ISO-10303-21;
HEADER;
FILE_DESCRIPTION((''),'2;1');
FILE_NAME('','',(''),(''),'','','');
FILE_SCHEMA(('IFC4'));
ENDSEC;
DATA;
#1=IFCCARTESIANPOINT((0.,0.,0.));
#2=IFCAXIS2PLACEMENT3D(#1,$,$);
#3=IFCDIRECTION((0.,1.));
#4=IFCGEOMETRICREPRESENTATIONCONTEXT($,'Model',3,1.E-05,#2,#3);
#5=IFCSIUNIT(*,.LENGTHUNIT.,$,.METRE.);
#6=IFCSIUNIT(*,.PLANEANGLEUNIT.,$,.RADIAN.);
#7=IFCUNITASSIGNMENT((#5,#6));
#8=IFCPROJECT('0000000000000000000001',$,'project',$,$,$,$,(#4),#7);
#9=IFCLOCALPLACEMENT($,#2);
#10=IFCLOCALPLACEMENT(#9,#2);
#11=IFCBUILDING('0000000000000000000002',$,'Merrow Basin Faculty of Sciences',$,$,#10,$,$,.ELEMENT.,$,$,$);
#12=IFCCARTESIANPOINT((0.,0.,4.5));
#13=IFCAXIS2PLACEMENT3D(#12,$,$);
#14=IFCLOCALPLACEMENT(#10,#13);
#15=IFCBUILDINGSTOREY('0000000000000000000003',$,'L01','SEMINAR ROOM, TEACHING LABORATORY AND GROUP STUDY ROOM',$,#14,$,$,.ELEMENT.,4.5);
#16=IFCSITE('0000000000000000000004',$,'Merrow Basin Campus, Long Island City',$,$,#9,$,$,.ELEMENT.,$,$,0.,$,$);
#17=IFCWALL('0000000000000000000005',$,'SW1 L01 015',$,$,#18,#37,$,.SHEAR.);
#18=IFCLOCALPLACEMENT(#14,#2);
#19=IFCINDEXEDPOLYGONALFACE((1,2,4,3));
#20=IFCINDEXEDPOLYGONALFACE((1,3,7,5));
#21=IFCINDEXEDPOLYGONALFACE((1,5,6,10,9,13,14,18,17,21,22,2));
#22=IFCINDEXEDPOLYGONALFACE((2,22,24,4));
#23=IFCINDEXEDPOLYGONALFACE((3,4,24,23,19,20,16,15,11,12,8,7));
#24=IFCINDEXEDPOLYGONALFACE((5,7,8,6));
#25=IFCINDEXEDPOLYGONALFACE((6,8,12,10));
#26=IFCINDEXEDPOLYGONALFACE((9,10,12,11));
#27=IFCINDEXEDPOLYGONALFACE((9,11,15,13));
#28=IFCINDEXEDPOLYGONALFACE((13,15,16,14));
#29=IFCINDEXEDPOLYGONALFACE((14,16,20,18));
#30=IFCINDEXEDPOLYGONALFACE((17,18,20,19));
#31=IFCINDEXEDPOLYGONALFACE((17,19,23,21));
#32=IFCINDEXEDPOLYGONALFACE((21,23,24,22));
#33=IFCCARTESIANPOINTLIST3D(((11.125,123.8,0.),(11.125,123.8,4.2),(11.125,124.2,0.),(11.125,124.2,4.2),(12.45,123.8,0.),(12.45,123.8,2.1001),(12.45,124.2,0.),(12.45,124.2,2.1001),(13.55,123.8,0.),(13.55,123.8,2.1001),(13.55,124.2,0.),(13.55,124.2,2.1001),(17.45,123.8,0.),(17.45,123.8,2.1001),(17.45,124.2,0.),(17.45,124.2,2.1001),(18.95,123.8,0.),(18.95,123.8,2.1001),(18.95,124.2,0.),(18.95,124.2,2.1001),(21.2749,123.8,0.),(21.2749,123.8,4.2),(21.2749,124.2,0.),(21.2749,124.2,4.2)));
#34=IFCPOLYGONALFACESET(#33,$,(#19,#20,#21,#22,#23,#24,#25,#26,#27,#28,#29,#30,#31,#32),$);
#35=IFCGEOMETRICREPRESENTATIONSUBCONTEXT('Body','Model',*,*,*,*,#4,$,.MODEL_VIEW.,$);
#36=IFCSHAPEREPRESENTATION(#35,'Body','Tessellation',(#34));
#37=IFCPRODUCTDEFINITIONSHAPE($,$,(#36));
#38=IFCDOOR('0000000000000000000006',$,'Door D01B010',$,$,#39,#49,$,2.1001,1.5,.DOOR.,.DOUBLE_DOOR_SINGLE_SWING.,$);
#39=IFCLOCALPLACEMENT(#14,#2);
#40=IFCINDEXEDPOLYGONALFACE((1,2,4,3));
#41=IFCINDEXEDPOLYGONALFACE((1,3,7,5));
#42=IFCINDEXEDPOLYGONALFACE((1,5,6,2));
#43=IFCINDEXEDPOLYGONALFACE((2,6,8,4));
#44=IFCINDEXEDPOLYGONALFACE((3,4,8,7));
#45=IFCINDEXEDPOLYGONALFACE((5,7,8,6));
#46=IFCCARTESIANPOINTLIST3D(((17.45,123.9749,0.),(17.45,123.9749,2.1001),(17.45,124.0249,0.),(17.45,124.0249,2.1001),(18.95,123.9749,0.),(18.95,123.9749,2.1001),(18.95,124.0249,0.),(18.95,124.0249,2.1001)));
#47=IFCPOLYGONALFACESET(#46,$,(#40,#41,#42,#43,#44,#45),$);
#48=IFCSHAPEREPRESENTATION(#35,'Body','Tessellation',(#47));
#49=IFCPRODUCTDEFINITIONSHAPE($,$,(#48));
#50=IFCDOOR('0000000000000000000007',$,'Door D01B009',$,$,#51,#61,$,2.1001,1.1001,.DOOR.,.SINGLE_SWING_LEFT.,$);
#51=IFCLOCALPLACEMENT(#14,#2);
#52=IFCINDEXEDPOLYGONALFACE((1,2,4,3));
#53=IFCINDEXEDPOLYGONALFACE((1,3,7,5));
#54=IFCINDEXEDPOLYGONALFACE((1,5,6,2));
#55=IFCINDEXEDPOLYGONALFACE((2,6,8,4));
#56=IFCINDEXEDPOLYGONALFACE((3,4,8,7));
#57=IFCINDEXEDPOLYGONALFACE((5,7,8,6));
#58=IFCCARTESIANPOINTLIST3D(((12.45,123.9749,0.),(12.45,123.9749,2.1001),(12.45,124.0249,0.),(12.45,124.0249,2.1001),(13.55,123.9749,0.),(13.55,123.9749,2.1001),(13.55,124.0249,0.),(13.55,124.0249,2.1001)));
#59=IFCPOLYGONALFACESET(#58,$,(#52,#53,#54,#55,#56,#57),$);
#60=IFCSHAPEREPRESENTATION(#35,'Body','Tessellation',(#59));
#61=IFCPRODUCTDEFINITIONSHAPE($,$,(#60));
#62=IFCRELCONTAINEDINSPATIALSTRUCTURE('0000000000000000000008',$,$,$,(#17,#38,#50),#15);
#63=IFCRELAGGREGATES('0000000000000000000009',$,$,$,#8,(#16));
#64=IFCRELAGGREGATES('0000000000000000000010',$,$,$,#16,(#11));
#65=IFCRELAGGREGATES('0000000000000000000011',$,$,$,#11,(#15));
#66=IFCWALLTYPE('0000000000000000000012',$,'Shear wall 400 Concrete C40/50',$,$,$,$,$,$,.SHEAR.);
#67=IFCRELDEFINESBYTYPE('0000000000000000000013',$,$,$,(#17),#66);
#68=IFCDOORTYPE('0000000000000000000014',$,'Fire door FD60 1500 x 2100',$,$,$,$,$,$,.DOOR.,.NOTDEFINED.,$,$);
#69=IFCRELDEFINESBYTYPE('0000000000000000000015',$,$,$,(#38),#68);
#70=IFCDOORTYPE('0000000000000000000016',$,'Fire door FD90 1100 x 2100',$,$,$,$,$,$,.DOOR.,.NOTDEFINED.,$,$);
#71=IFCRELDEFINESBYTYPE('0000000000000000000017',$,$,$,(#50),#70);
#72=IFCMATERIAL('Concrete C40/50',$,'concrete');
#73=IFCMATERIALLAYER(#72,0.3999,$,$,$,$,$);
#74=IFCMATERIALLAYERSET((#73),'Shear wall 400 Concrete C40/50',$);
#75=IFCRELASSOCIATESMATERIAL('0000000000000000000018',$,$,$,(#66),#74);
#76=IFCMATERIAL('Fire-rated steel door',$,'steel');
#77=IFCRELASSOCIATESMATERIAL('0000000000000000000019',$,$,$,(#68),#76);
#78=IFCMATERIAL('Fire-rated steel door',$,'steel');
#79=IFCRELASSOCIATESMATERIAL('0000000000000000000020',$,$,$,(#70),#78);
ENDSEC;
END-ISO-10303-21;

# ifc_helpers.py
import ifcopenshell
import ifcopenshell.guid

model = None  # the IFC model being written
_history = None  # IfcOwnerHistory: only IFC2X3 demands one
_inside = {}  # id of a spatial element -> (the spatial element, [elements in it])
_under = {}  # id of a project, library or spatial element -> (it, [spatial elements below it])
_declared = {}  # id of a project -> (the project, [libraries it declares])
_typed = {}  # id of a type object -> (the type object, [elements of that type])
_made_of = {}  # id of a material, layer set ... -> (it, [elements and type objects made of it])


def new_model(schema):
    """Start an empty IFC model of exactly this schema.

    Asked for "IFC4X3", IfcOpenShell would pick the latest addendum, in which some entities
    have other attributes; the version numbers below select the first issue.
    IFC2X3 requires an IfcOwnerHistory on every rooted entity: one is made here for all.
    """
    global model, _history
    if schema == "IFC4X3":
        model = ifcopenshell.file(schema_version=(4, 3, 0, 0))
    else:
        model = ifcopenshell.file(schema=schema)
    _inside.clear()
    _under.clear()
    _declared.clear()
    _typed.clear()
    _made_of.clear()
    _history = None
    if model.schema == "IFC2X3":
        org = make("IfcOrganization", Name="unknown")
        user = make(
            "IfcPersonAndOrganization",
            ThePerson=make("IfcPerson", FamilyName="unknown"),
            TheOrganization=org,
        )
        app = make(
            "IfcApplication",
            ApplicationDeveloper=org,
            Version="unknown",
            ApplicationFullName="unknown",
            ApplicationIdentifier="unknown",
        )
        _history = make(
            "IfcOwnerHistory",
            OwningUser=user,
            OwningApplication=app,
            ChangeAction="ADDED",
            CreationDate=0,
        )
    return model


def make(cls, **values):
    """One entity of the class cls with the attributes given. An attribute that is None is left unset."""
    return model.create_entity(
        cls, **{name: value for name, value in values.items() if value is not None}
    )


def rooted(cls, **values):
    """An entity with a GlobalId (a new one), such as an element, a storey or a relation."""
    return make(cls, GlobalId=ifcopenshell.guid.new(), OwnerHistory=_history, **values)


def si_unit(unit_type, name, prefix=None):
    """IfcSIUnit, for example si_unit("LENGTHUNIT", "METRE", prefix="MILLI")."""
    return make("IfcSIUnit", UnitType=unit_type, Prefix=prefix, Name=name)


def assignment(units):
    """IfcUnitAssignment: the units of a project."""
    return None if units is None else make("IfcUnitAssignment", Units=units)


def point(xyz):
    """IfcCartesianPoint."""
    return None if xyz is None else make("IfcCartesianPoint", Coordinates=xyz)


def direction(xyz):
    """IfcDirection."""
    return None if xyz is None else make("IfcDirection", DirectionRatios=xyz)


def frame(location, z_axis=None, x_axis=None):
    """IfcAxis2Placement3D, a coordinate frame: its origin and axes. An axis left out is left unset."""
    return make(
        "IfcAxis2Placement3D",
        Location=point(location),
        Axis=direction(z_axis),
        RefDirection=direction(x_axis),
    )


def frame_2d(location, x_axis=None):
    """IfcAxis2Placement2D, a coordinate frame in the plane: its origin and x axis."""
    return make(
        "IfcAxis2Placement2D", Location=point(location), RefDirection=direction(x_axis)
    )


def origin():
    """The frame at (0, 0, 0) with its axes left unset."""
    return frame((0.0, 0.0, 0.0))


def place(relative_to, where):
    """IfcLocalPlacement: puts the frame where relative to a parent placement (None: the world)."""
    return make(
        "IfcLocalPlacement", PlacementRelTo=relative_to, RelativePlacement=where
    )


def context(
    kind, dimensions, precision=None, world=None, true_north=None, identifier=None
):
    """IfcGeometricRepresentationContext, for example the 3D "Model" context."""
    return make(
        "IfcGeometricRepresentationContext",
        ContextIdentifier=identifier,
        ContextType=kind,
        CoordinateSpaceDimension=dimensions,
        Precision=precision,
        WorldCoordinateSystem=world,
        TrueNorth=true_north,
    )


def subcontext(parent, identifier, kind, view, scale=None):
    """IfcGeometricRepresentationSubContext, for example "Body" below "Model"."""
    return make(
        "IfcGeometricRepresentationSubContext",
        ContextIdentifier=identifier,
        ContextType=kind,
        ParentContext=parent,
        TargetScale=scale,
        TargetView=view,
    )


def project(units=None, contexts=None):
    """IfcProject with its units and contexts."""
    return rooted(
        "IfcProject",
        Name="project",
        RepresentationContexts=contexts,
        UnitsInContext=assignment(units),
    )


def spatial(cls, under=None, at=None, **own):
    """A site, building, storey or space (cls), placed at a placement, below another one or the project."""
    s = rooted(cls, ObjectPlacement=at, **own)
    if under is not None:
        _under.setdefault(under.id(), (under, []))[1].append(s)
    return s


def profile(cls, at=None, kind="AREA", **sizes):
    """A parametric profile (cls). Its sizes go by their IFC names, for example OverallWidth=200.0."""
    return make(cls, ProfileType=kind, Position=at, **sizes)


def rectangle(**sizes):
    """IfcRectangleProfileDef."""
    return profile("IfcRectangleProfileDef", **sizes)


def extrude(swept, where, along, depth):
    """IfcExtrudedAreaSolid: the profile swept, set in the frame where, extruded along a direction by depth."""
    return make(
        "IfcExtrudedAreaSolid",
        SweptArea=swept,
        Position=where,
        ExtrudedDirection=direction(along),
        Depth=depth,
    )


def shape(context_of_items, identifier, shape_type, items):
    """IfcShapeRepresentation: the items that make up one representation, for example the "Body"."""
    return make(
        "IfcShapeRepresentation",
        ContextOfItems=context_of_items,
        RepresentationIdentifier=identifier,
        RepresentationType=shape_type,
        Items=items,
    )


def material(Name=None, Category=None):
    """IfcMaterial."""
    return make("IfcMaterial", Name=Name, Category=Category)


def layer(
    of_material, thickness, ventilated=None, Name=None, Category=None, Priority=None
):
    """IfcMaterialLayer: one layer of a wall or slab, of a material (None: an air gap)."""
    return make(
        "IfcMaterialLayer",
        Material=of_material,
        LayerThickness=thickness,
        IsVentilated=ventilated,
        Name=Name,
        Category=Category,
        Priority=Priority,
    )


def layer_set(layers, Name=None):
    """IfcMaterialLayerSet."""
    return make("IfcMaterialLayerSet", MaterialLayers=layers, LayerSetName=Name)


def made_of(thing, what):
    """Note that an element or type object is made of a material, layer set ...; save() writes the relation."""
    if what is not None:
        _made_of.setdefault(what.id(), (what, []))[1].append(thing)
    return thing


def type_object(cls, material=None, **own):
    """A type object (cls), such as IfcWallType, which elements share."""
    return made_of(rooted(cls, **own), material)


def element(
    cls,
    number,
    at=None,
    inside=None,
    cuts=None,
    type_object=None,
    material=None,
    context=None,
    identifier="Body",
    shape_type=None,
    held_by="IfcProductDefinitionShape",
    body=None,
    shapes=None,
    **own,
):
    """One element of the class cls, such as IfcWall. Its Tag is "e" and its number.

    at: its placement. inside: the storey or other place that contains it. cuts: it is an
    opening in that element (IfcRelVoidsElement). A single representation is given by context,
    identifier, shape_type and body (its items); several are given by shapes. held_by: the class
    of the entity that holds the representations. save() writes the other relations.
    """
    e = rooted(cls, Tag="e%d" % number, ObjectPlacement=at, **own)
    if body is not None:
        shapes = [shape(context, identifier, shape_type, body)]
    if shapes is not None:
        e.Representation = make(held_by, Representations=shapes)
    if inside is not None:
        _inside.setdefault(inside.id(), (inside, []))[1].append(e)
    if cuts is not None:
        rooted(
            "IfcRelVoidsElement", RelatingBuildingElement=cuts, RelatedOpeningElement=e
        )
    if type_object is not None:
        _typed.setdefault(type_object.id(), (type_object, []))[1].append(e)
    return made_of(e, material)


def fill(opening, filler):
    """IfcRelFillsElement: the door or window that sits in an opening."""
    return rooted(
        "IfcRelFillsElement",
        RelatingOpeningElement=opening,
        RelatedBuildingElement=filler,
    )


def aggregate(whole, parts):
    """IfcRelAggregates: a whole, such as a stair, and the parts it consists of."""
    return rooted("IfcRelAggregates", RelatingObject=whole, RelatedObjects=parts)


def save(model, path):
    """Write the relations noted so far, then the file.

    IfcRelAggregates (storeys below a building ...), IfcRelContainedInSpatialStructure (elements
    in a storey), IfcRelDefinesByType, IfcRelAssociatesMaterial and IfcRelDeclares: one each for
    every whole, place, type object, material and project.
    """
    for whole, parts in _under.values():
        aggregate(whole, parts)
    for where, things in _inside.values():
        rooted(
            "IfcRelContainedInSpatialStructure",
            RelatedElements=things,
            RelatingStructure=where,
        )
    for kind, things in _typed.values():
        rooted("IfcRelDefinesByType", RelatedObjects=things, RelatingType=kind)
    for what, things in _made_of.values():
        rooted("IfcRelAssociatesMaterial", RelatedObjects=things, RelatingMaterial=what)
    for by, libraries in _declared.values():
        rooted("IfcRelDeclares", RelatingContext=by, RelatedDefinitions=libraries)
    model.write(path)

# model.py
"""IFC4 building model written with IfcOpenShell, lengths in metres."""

from ifc_helpers import new_model, si_unit, direction, frame, frame_2d, origin, place, context, subcontext, project, spatial, rectangle, extrude, material, layer, layer_set, type_object, element, fill, save


model = new_model("IFC4")

# Units and contexts
model_context = context("Model", 3, precision=1e-05, world=origin(), true_north=direction((0.0, 1.0)))
body_context = subcontext(model_context, "Body", "Model", "MODEL_VIEW")
ifc_project = project(units=[si_unit("LENGTHUNIT", "METRE"), si_unit("PLANEANGLEUNIT", "RADIAN")], contexts=[model_context])

# Site, building, storey
site_placement = place(None, origin())
site = spatial("IfcSite", under=ifc_project, at=site_placement, Name="Merrow Basin Campus, Long Island City", CompositionType="ELEMENT", RefElevation=0.0)
building_placement = place(site_placement, origin())
building = spatial("IfcBuilding", under=site, at=building_placement, Name="Merrow Basin Faculty of Sciences", CompositionType="ELEMENT")
storey_placement = place(building_placement, frame((0.0, 0.0, 4.5)))
storey = spatial("IfcBuildingStorey", under=building, at=storey_placement, Name="L01", Description="SEMINAR ROOM, TEACHING LABORATORY AND GROUP STUDY ROOM", CompositionType="ELEMENT", Elevation=4.5)

# Wall, openings, doors
ifc_material_1 = material(Name="Concrete C40/50", Category="concrete")
ifc_layer_1 = layer(ifc_material_1, 0.3999)
ifc_layer_set_1 = layer_set([ifc_layer_1], Name="Shear wall 400 Concrete C40/50")
wall_type_1 = type_object("IfcWallType", Name="Shear wall 400 Concrete C40/50", PredefinedType="SHEAR", material=ifc_layer_set_1)
wall_1_placement = place(storey_placement, frame((11.125, 124.0, 0.0), z_axis=(0.0, 0.0, 1.0), x_axis=(1.0, 0.0, 0.0)))
wall_1 = element("IfcWall", 1, at=wall_1_placement, inside=storey, type_object=wall_type_1, Name="SW1 L01 015", PredefinedType="SHEAR", context=body_context, shape_type="SweptSolid", body=[
    extrude(rectangle(XDim=10.1499, YDim=0.3999, at=frame_2d((5.075, 0.0))), origin(), (0.0, 0.0, 1.0), 4.2),
])
opening_1_placement = place(wall_1_placement, frame((1.325, 0.0, 0.0)))
opening_1 = element("IfcOpeningElement", 2, at=opening_1_placement, cuts=wall_1, PredefinedType="OPENING", context=body_context, shape_type="SweptSolid", body=[
    extrude(rectangle(XDim=1.1001, YDim=2.1001, at=frame_2d((0.55, 1.05))), frame((0.0, 0.21, 0.0), z_axis=(0.0, -1.0, 0.0), x_axis=(1.0, 0.0, 0.0)), (0.0, 0.0, 1.0), 0.4199),
])
opening_2_placement = place(wall_1_placement, frame((6.325, 0.0, 0.0)))
opening_2 = element("IfcOpeningElement", 3, at=opening_2_placement, cuts=wall_1, PredefinedType="OPENING", context=body_context, shape_type="SweptSolid", body=[
    extrude(rectangle(XDim=1.5, YDim=2.1001, at=frame_2d((0.75, 1.05))), frame((0.0, 0.21, 0.0), z_axis=(0.0, -1.0, 0.0), x_axis=(1.0, 0.0, 0.0)), (0.0, 0.0, 1.0), 0.4199),
])
ifc_material_2 = material(Name="Fire-rated steel door", Category="steel")
door_type_1 = type_object("IfcDoorType", Name="Fire door FD60 1500 x 2100", OperationType="NOTDEFINED", PredefinedType="DOOR", material=ifc_material_2)
door_1_placement = place(opening_2_placement, origin())
door_1 = element("IfcDoor", 4, at=door_1_placement, inside=storey, type_object=door_type_1, Name="Door D01B010", OperationType="DOUBLE_DOOR_SINGLE_SWING", OverallHeight=2.1001, OverallWidth=1.5, PredefinedType="DOOR", context=body_context, shape_type="SweptSolid", body=[
    extrude(rectangle(XDim=1.5, YDim=2.1001, at=frame_2d((0.75, 1.05))), frame((0.0, 0.0249, 0.0), z_axis=(0.0, -1.0, 0.0), x_axis=(1.0, 0.0, 0.0)), (0.0, 0.0, 1.0), 0.05),
])
fill(opening_2, door_1)
ifc_material_3 = material(Name="Fire-rated steel door", Category="steel")
door_type_2 = type_object("IfcDoorType", Name="Fire door FD90 1100 x 2100", OperationType="NOTDEFINED", PredefinedType="DOOR", material=ifc_material_3)
door_2_placement = place(opening_1_placement, origin())
door_2 = element("IfcDoor", 5, at=door_2_placement, inside=storey, type_object=door_type_2, Name="Door D01B009", OperationType="SINGLE_SWING_LEFT", OverallHeight=2.1001, OverallWidth=1.1001, PredefinedType="DOOR", context=body_context, shape_type="SweptSolid", body=[
    extrude(rectangle(XDim=1.1001, YDim=2.1001, at=frame_2d((0.55, 1.05))), frame((0.0, 0.0249, 0.0), z_axis=(0.0, -1.0, 0.0), x_axis=(1.0, 0.0, 0.0)), (0.0, 0.0, 1.0), 0.05),
])
fill(opening_1, door_2)

save(model, "model.ifc")
